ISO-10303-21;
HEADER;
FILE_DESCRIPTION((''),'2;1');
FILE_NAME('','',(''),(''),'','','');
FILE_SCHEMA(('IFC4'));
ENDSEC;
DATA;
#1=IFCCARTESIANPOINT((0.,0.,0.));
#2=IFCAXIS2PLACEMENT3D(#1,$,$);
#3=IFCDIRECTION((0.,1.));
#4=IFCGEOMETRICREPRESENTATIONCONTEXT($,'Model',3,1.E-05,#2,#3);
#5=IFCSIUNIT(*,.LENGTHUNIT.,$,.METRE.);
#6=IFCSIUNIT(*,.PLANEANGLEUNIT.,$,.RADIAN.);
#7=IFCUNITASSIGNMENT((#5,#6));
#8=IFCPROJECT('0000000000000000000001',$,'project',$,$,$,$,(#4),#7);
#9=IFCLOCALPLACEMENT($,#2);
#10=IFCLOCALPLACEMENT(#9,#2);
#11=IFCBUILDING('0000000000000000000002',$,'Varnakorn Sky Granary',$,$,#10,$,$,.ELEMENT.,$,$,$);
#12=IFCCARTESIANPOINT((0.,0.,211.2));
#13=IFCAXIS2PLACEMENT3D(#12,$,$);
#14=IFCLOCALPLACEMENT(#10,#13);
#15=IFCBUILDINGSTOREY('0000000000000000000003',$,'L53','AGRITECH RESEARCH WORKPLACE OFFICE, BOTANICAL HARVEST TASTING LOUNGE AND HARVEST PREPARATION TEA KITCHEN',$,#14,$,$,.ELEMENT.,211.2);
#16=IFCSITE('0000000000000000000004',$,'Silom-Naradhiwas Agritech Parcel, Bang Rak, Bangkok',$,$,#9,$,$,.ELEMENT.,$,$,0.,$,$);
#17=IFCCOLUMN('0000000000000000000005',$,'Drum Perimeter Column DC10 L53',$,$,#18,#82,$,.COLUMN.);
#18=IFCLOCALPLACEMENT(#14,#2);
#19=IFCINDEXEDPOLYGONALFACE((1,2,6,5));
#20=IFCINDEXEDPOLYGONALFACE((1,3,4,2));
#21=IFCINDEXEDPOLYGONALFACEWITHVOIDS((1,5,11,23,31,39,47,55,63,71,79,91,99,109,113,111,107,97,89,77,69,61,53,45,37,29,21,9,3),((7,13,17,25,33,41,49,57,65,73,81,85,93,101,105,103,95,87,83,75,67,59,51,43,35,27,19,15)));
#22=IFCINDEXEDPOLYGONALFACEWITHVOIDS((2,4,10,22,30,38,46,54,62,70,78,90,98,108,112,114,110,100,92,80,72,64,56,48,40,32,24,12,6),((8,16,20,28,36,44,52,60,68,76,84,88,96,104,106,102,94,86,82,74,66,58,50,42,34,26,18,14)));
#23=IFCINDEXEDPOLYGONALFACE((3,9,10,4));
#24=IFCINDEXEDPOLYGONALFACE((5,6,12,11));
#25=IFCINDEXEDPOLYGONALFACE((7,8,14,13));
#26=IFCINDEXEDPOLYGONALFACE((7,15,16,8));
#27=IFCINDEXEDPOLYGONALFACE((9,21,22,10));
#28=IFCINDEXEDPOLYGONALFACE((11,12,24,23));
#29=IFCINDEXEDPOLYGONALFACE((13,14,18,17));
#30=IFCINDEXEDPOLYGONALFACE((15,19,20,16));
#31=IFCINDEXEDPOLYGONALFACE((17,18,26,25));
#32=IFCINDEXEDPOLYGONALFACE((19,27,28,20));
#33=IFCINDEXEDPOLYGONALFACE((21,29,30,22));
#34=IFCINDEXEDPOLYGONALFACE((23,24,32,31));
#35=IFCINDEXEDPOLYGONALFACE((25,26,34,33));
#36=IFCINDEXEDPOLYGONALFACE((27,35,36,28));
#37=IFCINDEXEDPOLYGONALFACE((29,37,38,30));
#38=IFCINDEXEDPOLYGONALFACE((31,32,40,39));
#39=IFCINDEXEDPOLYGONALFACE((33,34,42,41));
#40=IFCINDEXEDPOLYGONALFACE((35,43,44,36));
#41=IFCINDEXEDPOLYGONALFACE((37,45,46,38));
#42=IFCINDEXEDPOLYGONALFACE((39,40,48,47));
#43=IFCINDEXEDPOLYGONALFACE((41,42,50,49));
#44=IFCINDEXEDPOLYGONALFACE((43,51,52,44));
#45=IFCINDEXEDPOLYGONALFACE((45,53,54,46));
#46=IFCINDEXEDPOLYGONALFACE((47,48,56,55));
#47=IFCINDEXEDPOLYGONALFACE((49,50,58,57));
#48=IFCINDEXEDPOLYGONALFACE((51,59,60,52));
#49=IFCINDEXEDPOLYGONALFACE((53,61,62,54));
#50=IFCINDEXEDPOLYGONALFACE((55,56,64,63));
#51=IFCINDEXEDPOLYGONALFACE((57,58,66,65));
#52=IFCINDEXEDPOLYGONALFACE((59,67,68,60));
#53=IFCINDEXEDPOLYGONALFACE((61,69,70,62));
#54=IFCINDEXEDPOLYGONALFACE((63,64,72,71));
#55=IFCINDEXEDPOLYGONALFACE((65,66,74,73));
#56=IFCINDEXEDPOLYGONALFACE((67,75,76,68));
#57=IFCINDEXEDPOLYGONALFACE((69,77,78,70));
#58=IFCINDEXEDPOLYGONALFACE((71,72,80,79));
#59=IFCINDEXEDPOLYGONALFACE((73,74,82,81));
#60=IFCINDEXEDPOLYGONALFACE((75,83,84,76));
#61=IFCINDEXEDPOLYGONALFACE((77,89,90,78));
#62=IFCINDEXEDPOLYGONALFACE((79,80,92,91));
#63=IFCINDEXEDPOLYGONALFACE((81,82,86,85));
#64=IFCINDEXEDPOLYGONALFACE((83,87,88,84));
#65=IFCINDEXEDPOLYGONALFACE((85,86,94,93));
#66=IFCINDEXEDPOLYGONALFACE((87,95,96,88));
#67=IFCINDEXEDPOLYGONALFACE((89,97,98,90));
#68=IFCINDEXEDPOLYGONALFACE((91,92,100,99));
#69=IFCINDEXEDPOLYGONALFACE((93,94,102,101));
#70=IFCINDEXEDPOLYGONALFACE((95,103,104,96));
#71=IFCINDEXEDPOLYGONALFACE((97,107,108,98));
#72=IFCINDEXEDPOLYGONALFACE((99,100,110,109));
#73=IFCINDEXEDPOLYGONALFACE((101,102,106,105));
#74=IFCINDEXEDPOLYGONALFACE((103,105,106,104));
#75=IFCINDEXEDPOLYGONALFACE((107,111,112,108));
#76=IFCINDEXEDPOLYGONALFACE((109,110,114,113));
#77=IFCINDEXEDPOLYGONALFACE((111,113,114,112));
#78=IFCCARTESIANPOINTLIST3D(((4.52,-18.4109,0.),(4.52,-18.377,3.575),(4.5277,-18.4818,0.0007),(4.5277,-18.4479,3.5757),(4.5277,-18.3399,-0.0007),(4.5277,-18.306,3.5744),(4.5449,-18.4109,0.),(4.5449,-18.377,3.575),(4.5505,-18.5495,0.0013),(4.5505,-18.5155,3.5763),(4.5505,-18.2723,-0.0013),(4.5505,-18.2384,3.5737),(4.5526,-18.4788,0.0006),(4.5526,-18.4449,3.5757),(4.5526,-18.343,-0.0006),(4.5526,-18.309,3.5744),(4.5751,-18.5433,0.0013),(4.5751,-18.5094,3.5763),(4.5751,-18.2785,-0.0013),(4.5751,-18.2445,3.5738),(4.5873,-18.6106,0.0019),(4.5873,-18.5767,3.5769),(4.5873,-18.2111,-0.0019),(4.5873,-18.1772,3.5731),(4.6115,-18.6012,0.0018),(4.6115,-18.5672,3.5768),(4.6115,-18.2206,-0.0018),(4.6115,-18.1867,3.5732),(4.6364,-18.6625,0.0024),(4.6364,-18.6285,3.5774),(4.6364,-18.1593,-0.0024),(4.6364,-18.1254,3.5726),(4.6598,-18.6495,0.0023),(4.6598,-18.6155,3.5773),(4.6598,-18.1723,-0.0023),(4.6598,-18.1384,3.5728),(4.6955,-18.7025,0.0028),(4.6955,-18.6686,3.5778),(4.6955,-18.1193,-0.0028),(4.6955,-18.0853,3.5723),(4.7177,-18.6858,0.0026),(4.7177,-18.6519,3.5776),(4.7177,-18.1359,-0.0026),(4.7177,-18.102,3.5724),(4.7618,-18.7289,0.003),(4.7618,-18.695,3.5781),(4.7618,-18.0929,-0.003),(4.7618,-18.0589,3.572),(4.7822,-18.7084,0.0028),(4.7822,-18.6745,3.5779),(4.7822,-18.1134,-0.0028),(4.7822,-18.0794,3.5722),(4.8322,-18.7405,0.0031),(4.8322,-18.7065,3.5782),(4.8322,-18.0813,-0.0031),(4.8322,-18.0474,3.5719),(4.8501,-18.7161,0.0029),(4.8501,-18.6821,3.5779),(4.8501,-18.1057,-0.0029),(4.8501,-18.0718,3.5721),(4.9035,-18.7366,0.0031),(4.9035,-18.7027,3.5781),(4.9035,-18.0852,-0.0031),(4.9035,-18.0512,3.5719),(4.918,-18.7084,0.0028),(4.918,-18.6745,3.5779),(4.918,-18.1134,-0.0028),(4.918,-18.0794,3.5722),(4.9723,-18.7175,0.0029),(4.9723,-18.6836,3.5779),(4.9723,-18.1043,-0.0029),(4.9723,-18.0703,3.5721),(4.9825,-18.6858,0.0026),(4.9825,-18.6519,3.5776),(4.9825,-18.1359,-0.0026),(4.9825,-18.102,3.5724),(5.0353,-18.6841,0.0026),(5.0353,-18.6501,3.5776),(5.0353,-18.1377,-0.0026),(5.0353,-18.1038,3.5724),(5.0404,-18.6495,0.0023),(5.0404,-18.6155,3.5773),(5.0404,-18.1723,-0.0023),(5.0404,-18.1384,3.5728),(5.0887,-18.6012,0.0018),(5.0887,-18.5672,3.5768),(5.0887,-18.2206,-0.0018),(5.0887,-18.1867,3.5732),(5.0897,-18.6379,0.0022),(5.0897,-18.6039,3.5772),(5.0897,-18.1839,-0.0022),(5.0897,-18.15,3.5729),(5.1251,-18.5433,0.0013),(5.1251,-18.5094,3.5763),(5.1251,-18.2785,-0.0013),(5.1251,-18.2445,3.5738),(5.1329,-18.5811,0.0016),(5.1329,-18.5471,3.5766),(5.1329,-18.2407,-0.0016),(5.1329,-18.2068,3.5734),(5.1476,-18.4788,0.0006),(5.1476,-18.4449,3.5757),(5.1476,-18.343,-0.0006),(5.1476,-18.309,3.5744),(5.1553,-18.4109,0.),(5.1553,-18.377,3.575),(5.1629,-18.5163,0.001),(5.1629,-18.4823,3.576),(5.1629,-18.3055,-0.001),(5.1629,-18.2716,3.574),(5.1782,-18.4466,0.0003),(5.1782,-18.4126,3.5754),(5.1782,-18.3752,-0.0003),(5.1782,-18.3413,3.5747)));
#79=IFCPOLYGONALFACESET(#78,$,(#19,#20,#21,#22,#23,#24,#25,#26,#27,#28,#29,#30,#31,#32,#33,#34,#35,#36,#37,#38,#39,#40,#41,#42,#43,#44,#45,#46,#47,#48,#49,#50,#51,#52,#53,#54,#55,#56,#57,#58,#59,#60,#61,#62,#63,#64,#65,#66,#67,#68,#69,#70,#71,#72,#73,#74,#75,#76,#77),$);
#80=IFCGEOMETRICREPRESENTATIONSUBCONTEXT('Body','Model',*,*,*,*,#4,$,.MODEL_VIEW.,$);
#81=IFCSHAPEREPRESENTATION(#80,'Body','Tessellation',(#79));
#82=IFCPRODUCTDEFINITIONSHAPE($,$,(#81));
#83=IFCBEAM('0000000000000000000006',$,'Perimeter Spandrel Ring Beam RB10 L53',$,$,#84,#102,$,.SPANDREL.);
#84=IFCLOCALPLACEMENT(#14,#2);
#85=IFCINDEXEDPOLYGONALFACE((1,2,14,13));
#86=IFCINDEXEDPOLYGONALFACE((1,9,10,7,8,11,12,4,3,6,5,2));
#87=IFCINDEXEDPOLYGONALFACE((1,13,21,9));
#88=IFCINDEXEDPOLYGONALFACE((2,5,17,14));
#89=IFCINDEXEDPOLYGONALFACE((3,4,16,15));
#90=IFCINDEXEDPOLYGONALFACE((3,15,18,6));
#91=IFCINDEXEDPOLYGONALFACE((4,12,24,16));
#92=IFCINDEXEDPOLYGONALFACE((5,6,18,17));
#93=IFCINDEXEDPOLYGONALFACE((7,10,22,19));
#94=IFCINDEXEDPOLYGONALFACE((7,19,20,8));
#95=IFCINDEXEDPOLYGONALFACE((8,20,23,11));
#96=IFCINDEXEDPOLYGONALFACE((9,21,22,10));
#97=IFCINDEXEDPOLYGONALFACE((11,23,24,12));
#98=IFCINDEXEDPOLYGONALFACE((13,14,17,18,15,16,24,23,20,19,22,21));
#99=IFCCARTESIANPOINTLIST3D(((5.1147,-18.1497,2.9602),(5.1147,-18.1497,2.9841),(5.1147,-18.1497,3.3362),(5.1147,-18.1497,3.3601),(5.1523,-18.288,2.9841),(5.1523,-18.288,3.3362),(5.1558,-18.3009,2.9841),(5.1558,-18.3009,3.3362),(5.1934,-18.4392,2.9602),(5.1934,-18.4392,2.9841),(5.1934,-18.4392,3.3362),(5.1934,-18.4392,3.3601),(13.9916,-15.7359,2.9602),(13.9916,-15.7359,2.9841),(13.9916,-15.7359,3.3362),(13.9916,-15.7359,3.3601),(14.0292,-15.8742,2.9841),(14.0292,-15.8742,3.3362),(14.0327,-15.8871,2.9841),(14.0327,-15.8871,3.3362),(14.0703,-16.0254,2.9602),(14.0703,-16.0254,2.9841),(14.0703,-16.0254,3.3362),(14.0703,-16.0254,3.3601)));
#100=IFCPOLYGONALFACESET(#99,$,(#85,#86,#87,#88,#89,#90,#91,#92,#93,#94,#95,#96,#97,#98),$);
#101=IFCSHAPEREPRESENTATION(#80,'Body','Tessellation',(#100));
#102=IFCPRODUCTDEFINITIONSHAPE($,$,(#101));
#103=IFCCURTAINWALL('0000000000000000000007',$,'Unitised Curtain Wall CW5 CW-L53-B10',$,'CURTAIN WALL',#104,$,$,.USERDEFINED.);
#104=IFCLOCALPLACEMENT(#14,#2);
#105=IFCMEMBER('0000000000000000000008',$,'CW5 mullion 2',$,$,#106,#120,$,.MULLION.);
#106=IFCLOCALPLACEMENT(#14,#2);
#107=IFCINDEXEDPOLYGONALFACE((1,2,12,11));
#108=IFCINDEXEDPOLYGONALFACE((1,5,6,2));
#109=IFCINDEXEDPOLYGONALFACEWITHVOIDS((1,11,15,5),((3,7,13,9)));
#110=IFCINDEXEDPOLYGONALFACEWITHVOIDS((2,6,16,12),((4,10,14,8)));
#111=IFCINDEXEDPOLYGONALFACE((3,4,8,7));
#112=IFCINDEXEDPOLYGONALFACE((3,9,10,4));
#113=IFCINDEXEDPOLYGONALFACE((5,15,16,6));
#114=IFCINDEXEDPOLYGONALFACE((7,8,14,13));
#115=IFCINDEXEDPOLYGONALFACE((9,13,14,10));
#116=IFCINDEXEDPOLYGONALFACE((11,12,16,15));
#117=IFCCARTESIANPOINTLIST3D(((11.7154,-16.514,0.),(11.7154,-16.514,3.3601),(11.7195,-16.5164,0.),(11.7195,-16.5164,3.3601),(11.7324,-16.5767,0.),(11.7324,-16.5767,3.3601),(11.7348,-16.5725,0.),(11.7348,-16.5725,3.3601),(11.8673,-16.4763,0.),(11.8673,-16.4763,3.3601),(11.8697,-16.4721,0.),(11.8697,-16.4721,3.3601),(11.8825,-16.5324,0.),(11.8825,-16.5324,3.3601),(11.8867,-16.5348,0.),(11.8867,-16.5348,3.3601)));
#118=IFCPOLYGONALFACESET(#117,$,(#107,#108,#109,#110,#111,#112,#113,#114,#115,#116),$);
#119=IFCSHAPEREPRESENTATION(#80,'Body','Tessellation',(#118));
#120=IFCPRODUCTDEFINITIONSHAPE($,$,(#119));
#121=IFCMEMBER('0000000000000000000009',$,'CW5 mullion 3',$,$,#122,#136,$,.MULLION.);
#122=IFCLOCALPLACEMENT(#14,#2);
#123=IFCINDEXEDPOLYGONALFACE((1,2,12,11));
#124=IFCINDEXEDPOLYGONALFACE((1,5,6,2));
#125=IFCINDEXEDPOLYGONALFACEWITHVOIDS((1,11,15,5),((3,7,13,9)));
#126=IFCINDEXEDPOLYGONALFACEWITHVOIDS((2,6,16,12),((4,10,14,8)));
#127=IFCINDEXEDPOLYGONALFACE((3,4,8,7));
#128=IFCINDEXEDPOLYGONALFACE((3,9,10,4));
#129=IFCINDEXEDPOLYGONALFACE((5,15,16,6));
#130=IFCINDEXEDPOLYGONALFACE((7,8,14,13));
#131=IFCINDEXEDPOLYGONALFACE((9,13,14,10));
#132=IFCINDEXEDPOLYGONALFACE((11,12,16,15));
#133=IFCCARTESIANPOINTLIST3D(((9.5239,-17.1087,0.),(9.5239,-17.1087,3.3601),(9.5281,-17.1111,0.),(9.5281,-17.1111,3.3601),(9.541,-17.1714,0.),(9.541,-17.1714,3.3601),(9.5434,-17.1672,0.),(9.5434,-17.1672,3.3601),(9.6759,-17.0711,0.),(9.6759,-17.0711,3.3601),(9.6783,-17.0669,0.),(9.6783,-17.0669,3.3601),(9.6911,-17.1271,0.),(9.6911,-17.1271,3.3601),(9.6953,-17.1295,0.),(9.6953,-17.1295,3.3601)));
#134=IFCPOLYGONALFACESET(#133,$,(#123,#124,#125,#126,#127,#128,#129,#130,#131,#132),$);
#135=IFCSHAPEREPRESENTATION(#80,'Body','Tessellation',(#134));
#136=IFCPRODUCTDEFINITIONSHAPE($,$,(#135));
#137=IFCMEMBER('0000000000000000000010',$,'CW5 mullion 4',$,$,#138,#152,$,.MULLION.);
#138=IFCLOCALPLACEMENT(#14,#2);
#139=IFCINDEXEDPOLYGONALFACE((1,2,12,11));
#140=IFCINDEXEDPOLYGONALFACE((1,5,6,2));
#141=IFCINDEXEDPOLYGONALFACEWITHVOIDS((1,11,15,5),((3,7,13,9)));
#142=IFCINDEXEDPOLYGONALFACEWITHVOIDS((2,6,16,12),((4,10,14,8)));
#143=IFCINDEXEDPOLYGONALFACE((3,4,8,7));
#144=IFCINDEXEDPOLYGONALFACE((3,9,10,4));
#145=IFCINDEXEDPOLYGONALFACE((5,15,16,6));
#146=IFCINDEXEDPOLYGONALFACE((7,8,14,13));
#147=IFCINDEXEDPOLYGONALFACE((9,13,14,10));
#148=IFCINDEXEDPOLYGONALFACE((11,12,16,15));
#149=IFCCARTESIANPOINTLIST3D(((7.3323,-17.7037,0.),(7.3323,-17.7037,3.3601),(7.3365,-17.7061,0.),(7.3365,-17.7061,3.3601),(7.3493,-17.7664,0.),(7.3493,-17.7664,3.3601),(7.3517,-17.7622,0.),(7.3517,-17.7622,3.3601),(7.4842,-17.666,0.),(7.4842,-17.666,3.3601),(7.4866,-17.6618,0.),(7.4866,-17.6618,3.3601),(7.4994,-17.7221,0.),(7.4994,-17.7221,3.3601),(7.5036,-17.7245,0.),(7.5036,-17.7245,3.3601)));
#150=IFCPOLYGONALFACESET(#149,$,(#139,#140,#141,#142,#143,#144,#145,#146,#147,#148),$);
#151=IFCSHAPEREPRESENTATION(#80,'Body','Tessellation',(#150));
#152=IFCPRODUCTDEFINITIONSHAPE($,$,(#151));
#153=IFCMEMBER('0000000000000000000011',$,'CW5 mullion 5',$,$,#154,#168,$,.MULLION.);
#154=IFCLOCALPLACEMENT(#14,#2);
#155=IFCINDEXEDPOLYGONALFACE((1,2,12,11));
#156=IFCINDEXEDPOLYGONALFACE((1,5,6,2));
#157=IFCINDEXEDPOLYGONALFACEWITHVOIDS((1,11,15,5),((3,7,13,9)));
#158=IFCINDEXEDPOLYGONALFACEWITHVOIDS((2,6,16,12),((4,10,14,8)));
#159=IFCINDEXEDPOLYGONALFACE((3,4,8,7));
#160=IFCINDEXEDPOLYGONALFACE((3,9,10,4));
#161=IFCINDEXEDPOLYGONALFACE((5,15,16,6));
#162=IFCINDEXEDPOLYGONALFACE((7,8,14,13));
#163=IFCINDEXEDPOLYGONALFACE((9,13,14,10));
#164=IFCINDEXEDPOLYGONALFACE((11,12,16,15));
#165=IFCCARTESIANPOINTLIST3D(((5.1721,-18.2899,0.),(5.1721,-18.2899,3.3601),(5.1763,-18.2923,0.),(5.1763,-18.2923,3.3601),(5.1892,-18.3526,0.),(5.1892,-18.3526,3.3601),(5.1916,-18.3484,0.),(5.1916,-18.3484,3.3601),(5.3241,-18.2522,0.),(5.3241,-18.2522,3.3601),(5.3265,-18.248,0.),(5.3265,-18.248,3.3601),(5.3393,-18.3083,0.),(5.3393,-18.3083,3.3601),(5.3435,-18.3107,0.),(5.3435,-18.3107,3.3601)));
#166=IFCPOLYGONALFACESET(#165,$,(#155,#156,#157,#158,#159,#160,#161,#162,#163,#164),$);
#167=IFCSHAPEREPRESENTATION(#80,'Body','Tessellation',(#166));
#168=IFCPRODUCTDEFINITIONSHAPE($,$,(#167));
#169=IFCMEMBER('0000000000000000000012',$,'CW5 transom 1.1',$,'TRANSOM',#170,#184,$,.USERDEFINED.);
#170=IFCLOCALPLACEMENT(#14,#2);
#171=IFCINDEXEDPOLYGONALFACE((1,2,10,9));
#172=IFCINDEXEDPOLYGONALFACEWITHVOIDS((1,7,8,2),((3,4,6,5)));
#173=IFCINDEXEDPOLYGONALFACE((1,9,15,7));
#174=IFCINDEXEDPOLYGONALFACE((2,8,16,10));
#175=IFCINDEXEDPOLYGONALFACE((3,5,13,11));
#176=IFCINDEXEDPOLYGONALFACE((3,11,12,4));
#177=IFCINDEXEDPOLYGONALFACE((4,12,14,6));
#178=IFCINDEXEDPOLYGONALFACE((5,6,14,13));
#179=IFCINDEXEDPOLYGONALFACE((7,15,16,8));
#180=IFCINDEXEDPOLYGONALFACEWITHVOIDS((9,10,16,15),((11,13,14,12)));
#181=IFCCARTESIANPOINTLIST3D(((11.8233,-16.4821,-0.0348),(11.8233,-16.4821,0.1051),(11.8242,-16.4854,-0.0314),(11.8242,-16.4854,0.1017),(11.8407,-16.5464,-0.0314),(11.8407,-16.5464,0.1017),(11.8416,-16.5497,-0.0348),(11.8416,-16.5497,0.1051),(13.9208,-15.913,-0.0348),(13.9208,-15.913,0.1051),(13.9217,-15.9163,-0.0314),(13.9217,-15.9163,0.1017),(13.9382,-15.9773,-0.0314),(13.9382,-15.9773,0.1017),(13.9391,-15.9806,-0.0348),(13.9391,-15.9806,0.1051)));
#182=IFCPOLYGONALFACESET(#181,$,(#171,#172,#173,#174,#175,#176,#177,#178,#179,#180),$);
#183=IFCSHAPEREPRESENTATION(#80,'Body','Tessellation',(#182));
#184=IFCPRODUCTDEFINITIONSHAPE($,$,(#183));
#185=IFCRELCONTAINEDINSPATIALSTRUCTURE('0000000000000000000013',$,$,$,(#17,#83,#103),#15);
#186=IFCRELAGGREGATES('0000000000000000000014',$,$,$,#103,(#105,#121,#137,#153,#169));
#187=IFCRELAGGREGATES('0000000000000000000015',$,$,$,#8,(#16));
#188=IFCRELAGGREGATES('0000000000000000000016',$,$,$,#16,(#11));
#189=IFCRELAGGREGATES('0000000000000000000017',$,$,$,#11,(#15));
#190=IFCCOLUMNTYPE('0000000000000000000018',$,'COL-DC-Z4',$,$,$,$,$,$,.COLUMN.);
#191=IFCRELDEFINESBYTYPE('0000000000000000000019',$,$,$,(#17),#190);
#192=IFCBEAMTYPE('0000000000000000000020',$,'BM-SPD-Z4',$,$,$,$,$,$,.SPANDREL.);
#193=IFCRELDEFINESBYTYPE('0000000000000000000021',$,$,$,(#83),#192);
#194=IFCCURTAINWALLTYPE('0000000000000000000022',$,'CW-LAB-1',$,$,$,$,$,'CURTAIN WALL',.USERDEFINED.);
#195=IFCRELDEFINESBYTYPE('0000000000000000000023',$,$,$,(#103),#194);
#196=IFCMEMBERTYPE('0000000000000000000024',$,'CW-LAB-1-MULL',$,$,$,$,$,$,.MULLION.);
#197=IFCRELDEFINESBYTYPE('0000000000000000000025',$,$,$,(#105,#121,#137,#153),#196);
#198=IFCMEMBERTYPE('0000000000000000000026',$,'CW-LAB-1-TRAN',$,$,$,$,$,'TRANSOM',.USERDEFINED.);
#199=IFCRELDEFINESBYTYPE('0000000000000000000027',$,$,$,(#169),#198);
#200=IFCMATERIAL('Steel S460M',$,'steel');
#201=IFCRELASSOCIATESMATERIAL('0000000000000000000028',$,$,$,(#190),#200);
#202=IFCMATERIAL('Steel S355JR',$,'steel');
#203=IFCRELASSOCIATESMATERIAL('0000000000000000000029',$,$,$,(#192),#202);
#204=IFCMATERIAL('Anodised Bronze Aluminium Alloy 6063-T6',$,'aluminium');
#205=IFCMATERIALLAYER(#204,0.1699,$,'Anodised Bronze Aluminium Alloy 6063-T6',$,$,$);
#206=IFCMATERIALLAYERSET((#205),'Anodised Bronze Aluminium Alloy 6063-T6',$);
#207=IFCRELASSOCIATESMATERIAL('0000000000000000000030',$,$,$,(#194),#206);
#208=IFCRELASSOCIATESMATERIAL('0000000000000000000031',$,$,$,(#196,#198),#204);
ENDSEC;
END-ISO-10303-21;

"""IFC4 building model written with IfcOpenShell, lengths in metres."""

from ifc_helpers import new_model, si_unit, direction, frame, origin, origin_2d, place, context, subcontext, project, spatial, hollow_rectangle, hollow_circle, i_section, extrude, material, layer, layer_set, material_profile, profile_set, type_object, element, aggregate, save


model = new_model("IFC4")

# Units and contexts
model_context = context("Model", 3, precision=1e-05, world=origin(), true_north=direction((0.0, 1.0)))
body_context = subcontext(model_context, "Body", "Model", "MODEL_VIEW")
ifc_project = project(units=[si_unit("LENGTHUNIT", "METRE"), si_unit("PLANEANGLEUNIT", "RADIAN")], contexts=[model_context])

# Site, building, storey
site_placement = place(None, origin())
site = spatial("IfcSite", under=ifc_project, at=site_placement, Name="Silom-Naradhiwas Agritech Parcel, Bang Rak, Bangkok", CompositionType="ELEMENT", RefElevation=0.0)
building_placement = place(site_placement, origin())
building = spatial("IfcBuilding", under=site, at=building_placement, Name="Varnakorn Sky Granary", CompositionType="ELEMENT")
storey_placement = place(building_placement, frame((0.0, 0.0, 211.2)))
storey = spatial("IfcBuildingStorey", under=building, at=storey_placement, Name="L53", Description="AGRITECH RESEARCH WORKPLACE OFFICE, BOTANICAL HARVEST TASTING LOUNGE AND HARVEST PREPARATION TEA KITCHEN", CompositionType="ELEMENT", Elevation=211.2)

# Column
ifc_material_1 = material(Name="Steel S460M", Category="steel")
ifc_material_profile_1 = material_profile(ifc_material_1, hollow_circle(Radius=0.3301, WallThickness=0.0249, at=origin_2d()), Name="CHS 660x25")
ifc_profile_set_1 = profile_set([ifc_material_profile_1], Name="Steel S460M")
column_type = type_object("IfcColumnType", Name="COL-DC-Z4", PredefinedType="COLUMN", material=ifc_profile_set_1)
column_placement = place(storey_placement, frame((4.8501, -18.4109, 0.0), z_axis=(0.0, 0.009492, 0.999955), x_axis=(-1.0, 0.0, 0.0)))
element("IfcColumn", 1, at=column_placement, inside=storey, type_object=column_type, Name="Drum Perimeter Column DC10 L53", PredefinedType="COLUMN", context=body_context, shape_type="SweptSolid", body=[
    extrude(hollow_circle(Radius=0.3301, WallThickness=0.0249, at=origin_2d()), origin(), (0.0, 0.0, 1.0), 3.5752),
])

# Beam
ifc_material_2 = material(Name="Steel S355JR", Category="steel")
ifc_material_profile_2 = material_profile(ifc_material_2, i_section(OverallWidth=0.3, OverallDepth=0.3999, WebThickness=0.0134, FlangeThickness=0.0239, at=origin_2d()), Name="HE 400 B")
ifc_profile_set_2 = profile_set([ifc_material_profile_2], Name="Steel S355JR")
beam_type = type_object("IfcBeamType", Name="BM-SPD-Z4", PredefinedType="SPANDREL", material=ifc_profile_set_2)
beam_placement = place(storey_placement, frame((5.1541, -18.2944, 3.1602), z_axis=(0.964961, 0.262392, 0.0), x_axis=(-0.262392, 0.964961, 0.0)))
element("IfcBeam", 2, at=beam_placement, inside=storey, type_object=beam_type, Name="Perimeter Spandrel Ring Beam RB10 L53", PredefinedType="SPANDREL", context=body_context, shape_type="SweptSolid", body=[
    extrude(i_section(OverallWidth=0.3, OverallDepth=0.3999, WebThickness=0.0134, FlangeThickness=0.0239, at=origin_2d()), origin(), (0.0, 0.0, 1.0), 9.1992),
])

# Curtain wall, members
ifc_material_3 = material(Name="Anodised Bronze Aluminium Alloy 6063-T6", Category="aluminium")
ifc_layer_1 = layer(ifc_material_3, 0.1699, Name="Anodised Bronze Aluminium Alloy 6063-T6")
ifc_layer_set_1 = layer_set([ifc_layer_1], Name="Anodised Bronze Aluminium Alloy 6063-T6")
curtain_wall_type = type_object("IfcCurtainWallType", Name="CW-LAB-1", ElementType="CURTAIN WALL", PredefinedType="USERDEFINED", material=ifc_layer_set_1)
curtain_wall_placement = place(storey_placement, origin())
curtain_wall = element("IfcCurtainWall", 3, at=curtain_wall_placement, inside=storey, type_object=curtain_wall_type, Name="Unitised Curtain Wall CW5 CW-L53-B10", ObjectType="CURTAIN WALL", PredefinedType="USERDEFINED")
ifc_material_profile_3 = material_profile(ifc_material_3, hollow_rectangle(XDim=0.0649, YDim=0.1599, WallThickness=0.0034, at=origin_2d()), Name="ALU MULL 65x160")
ifc_profile_set_3 = profile_set([ifc_material_profile_3], Name="Anodised Bronze Aluminium Alloy 6063-T6")
member_type_1 = type_object("IfcMemberType", Name="CW-LAB-1-MULL", PredefinedType="MULLION", material=ifc_profile_set_3)
member_1_placement = place(storey_placement, frame((11.801, -16.5244, 0.0), z_axis=(0.0, 0.0, 1.0), x_axis=(0.26192, -0.96509, 0.0)))
member_1 = element("IfcMember", 4, at=member_1_placement, type_object=member_type_1, Name="CW5 mullion 2", PredefinedType="MULLION", context=body_context, shape_type="SweptSolid", body=[
    extrude(hollow_rectangle(XDim=0.0649, YDim=0.1599, WallThickness=0.0034, at=origin_2d()), origin(), (0.0, 0.0, 1.0), 3.3601),
])
member_2_placement = place(storey_placement, frame((9.6096, -17.1191, 0.0), z_axis=(0.0, 0.0, 1.0), x_axis=(0.26192, -0.96509, 0.0)))
member_2 = element("IfcMember", 5, at=member_2_placement, type_object=member_type_1, Name="CW5 mullion 3", PredefinedType="MULLION", context=body_context, shape_type="SweptSolid", body=[
    extrude(hollow_rectangle(XDim=0.0649, YDim=0.1599, WallThickness=0.0034, at=origin_2d()), origin(), (0.0, 0.0, 1.0), 3.3601),
])
member_3_placement = place(storey_placement, frame((7.418, -17.7141, 0.0), z_axis=(0.0, 0.0, 1.0), x_axis=(0.26192, -0.96509, 0.0)))
member_3 = element("IfcMember", 6, at=member_3_placement, type_object=member_type_1, Name="CW5 mullion 4", PredefinedType="MULLION", context=body_context, shape_type="SweptSolid", body=[
    extrude(hollow_rectangle(XDim=0.0649, YDim=0.1599, WallThickness=0.0034, at=origin_2d()), origin(), (0.0, 0.0, 1.0), 3.3601),
])
member_4_placement = place(storey_placement, frame((5.2578, -18.3003, 0.0), z_axis=(0.0, 0.0, 1.0), x_axis=(0.26192, -0.96509, 0.0)))
member_4 = element("IfcMember", 7, at=member_4_placement, type_object=member_type_1, Name="CW5 mullion 5", PredefinedType="MULLION", context=body_context, shape_type="SweptSolid", body=[
    extrude(hollow_rectangle(XDim=0.0649, YDim=0.1599, WallThickness=0.0034, at=origin_2d()), origin(), (0.0, 0.0, 1.0), 3.3601),
])
ifc_material_profile_4 = material_profile(ifc_material_3, hollow_rectangle(XDim=0.0701, YDim=0.1399, WallThickness=0.0034, at=origin_2d()), Name="ALU TRAN 70x140")
ifc_profile_set_4 = profile_set([ifc_material_profile_4], Name="Anodised Bronze Aluminium Alloy 6063-T6")
member_type_2 = type_object("IfcMemberType", Name="CW-LAB-1-TRAN", ElementType="TRANSOM", PredefinedType="USERDEFINED", material=ifc_profile_set_4)
member_5_placement = place(storey_placement, frame((13.9299, -15.9468, 0.0352), z_axis=(-0.965105, -0.261862, 0.0), x_axis=(0.261862, -0.965105, 0.0)))
member_5 = element("IfcMember", 8, at=member_5_placement, type_object=member_type_2, Name="CW5 transom 1.1", ObjectType="TRANSOM", PredefinedType="USERDEFINED", context=body_context, shape_type="SweptSolid", body=[
    extrude(hollow_rectangle(XDim=0.0701, YDim=0.1399, WallThickness=0.0034, at=origin_2d()), origin(), (0.0, 0.0, 1.0), 2.1733),
])

aggregate(curtain_wall, [member_1, member_2, member_3, member_4, member_5])

save(model, "model.ifc")
